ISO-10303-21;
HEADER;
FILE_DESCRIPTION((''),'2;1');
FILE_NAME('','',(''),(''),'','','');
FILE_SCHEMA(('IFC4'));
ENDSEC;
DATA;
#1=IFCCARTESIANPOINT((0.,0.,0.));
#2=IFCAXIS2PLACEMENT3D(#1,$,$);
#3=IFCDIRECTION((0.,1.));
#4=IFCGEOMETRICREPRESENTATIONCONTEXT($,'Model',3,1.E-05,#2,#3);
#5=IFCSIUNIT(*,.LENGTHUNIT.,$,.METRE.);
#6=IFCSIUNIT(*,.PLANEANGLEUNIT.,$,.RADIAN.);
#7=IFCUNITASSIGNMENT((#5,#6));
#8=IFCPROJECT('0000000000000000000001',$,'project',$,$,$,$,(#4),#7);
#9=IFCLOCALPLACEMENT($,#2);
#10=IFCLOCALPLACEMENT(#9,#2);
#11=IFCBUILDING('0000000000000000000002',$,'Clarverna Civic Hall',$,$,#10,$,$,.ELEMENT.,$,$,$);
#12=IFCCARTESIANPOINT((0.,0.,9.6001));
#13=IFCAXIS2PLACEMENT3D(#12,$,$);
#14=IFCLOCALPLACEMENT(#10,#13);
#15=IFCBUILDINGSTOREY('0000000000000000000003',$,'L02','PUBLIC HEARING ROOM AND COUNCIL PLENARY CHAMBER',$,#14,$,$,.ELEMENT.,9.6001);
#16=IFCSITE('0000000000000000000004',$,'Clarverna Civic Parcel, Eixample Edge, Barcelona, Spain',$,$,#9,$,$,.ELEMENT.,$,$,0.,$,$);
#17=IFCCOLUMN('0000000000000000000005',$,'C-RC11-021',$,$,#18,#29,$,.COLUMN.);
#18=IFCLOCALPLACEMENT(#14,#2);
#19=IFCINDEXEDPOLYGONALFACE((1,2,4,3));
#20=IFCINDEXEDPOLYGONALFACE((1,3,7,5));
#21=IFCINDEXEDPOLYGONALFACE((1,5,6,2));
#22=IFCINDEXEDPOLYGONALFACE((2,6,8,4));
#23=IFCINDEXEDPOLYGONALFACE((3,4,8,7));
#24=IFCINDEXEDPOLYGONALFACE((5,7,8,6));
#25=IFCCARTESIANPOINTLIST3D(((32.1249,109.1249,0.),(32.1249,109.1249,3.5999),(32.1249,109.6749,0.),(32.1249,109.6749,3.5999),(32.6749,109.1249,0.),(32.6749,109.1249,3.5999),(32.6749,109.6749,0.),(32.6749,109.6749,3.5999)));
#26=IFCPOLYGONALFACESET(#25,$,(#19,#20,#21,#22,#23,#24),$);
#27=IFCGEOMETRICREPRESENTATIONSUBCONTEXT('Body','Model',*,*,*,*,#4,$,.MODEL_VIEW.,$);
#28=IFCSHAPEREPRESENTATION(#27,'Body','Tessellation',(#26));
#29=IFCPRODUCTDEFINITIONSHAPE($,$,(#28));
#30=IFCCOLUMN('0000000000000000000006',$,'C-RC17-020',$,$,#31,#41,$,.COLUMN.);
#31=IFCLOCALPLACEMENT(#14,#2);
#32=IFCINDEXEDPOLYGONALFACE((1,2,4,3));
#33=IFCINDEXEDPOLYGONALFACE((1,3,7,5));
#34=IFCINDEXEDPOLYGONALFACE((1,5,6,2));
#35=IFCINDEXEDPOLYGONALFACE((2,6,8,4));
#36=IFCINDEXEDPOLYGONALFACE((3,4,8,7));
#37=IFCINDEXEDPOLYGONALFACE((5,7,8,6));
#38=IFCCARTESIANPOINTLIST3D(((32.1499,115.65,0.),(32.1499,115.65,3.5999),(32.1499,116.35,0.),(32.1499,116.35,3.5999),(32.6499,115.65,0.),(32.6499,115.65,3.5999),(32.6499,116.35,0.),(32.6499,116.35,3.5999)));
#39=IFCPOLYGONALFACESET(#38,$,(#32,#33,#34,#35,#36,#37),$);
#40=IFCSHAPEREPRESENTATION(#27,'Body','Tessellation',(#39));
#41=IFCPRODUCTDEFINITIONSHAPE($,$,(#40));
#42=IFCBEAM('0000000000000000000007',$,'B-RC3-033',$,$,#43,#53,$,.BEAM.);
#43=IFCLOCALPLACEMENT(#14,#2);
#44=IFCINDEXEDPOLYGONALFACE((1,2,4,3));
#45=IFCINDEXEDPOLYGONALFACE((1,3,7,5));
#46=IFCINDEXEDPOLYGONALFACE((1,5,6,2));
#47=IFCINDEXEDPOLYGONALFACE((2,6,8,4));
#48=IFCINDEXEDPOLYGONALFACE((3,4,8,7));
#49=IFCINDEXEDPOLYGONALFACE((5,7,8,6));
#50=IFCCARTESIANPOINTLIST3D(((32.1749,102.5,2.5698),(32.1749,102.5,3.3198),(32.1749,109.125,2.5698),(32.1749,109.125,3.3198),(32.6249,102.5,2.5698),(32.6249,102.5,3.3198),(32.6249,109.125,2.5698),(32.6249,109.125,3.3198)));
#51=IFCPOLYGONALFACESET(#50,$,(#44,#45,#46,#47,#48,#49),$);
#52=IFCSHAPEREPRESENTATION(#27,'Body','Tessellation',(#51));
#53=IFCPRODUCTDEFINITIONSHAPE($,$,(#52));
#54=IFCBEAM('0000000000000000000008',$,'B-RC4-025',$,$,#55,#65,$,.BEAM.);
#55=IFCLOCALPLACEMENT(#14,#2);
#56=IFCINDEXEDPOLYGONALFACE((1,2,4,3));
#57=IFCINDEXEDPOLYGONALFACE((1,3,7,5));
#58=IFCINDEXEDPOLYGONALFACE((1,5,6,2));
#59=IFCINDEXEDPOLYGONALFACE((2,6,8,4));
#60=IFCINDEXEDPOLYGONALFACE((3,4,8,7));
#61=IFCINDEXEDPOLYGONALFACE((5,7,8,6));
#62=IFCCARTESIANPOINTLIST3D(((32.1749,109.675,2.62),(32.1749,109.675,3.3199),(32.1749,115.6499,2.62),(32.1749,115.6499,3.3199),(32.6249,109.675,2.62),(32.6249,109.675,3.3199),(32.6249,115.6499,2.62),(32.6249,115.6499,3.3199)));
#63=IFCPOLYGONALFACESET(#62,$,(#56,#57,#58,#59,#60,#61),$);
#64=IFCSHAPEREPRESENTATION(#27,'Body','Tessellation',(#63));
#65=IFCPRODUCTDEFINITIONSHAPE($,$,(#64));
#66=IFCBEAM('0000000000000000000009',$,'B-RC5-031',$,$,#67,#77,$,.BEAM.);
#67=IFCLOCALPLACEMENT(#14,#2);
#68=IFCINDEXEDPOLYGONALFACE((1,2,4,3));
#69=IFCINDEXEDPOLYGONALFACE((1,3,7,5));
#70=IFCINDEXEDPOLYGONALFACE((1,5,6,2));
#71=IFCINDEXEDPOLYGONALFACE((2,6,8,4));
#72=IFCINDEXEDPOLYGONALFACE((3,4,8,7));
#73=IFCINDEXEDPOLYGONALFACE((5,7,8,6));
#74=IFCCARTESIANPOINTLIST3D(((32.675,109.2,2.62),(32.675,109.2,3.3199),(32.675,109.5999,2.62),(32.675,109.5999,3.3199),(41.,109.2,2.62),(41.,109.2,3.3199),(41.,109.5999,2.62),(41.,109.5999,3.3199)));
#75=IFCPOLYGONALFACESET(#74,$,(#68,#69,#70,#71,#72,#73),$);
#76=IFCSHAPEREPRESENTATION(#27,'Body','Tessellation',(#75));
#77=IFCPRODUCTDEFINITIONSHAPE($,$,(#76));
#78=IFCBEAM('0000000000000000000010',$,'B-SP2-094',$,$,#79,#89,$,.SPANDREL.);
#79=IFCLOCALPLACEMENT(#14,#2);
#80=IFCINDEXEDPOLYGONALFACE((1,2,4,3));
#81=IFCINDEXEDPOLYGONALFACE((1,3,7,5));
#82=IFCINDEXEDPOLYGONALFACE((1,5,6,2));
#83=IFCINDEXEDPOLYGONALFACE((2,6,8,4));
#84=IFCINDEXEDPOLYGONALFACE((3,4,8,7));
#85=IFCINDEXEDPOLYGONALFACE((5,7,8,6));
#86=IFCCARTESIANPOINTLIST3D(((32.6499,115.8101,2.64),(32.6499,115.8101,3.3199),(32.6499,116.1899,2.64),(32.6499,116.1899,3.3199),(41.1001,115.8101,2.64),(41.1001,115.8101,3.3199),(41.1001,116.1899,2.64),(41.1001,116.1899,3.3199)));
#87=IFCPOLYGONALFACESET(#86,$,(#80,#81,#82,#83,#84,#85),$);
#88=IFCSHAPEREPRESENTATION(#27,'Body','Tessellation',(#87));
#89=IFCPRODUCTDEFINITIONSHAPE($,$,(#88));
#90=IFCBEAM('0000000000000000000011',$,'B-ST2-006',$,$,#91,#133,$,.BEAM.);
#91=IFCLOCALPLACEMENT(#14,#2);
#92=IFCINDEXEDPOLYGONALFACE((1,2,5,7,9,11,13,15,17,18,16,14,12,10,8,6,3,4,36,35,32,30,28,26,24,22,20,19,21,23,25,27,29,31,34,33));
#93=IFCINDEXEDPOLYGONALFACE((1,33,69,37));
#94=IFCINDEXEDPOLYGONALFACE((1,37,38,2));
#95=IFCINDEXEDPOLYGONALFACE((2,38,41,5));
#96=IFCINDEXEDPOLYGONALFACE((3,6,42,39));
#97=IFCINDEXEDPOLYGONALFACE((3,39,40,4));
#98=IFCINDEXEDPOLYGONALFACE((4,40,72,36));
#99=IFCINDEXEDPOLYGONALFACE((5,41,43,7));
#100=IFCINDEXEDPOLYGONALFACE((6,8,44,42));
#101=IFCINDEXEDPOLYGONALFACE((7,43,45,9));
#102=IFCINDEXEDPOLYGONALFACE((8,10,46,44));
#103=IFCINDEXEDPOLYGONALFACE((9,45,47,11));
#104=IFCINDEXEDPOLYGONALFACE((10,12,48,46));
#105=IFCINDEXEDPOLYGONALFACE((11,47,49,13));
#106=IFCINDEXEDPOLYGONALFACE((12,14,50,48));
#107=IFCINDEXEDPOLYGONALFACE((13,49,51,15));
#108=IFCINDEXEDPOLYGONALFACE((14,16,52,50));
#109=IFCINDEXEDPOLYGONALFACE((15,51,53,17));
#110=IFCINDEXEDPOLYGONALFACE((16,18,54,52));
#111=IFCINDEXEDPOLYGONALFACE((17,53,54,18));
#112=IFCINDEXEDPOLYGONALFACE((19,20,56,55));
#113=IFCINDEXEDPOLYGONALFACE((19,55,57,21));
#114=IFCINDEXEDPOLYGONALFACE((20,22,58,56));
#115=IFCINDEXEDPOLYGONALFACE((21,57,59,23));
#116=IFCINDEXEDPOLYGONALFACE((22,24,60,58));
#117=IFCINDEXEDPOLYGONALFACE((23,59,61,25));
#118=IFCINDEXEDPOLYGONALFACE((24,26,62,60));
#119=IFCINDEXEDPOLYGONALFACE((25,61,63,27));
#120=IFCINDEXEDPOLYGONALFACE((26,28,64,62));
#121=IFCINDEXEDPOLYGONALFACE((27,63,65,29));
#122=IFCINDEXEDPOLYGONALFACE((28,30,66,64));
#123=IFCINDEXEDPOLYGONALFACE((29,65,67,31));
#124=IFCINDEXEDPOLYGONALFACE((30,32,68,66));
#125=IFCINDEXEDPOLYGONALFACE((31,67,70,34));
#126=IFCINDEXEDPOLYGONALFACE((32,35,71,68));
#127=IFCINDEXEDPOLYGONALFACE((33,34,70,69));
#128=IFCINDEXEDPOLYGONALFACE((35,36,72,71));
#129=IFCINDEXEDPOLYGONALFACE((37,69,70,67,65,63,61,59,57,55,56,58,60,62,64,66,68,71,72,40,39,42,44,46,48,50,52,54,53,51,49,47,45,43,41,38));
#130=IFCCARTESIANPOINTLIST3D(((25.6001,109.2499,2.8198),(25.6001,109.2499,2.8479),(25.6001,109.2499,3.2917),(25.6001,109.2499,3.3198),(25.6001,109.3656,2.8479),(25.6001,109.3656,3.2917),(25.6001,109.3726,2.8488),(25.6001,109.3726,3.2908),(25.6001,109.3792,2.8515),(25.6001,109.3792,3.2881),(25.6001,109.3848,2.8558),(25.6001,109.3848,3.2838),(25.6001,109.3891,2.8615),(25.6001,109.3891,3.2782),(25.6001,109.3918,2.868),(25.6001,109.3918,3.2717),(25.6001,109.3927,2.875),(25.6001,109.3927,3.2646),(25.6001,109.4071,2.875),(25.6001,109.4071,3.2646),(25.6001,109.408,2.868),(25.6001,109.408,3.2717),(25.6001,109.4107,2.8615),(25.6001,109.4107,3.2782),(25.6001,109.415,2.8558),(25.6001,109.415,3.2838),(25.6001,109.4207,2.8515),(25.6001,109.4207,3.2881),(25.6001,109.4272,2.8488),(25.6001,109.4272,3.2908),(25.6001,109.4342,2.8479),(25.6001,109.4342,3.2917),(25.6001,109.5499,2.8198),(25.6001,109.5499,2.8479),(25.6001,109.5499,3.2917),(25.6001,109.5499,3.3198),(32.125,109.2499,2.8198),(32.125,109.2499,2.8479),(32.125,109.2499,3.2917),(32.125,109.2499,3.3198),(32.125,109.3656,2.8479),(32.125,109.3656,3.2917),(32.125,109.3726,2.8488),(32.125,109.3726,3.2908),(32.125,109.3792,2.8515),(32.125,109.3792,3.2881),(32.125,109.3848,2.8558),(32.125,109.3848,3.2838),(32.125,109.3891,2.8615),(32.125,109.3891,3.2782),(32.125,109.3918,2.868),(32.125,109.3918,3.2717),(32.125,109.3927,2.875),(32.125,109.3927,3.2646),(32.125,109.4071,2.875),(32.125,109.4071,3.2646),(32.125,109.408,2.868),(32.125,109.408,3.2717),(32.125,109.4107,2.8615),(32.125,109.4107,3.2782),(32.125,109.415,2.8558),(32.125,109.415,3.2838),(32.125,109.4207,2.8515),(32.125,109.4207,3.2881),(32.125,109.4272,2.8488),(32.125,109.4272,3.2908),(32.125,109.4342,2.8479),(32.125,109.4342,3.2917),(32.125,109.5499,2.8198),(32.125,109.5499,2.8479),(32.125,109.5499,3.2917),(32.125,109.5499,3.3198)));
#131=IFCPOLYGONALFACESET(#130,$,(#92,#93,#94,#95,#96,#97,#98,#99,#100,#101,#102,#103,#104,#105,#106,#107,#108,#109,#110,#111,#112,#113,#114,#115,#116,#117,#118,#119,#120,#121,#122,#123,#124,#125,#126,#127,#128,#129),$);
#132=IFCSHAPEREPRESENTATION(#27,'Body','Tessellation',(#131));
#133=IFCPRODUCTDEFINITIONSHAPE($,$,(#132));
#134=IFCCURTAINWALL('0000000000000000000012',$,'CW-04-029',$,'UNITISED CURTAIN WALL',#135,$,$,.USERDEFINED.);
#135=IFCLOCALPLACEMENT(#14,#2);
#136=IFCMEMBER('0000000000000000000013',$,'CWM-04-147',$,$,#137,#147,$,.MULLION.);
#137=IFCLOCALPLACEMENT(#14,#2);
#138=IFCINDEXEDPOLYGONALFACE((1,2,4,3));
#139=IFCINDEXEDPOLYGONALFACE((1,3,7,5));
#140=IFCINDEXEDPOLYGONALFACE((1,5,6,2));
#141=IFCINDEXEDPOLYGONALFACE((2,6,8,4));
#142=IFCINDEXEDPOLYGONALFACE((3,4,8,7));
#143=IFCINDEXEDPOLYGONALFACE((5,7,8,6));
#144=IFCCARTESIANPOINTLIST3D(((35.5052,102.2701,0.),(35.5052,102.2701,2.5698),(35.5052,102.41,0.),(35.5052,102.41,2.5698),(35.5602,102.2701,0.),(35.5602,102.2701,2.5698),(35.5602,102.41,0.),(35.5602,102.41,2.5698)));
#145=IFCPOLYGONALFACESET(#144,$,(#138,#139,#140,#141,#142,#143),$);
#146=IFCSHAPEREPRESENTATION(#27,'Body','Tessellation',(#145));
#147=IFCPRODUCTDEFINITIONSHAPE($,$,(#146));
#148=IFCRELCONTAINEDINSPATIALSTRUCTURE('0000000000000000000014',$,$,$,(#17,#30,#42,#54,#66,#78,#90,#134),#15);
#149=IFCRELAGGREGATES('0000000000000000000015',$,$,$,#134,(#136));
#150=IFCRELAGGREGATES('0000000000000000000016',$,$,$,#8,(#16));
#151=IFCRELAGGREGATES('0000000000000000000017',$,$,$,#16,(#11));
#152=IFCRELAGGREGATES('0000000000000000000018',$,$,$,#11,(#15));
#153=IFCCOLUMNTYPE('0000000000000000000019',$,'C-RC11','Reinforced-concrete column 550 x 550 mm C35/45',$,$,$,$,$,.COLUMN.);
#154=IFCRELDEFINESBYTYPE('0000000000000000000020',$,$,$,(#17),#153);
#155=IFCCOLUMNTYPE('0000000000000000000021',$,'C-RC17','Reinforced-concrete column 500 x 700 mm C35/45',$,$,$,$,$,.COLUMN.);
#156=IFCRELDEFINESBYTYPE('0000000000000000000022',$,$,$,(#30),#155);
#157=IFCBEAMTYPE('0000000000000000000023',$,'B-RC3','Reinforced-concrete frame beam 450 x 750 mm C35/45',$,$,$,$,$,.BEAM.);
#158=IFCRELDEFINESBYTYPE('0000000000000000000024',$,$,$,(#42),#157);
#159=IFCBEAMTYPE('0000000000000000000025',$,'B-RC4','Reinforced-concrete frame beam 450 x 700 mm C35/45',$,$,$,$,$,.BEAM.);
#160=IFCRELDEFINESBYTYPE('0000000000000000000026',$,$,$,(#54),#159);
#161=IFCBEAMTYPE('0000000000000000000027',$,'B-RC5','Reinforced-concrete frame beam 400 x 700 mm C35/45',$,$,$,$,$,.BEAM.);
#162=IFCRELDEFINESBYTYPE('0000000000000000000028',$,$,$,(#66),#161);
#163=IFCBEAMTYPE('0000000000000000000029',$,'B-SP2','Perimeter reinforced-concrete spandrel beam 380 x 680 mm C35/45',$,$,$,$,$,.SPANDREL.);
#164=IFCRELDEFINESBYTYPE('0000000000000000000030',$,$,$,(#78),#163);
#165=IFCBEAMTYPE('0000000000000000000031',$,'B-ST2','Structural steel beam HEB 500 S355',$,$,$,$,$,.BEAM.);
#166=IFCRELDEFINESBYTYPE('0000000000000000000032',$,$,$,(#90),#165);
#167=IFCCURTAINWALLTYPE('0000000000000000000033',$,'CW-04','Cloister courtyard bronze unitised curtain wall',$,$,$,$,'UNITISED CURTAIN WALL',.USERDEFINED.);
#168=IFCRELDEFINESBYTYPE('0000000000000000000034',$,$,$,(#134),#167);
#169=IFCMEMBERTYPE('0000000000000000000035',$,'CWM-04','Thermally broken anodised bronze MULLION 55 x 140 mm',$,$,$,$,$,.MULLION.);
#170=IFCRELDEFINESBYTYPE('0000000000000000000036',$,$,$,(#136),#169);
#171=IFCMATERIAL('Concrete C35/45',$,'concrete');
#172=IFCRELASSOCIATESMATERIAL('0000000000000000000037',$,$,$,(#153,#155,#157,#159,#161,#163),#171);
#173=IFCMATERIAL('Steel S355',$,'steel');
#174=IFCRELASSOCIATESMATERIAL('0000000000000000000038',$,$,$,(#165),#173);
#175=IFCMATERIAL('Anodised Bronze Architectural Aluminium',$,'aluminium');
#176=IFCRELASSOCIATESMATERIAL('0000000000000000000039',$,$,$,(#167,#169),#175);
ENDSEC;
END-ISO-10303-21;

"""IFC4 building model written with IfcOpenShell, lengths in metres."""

from ifc_helpers import new_model, si_unit, direction, frame, origin, origin_2d, place, context, subcontext, project, spatial, rectangle, i_section, extrude, material, material_profile, profile_set, type_object, element, aggregate, save


model = new_model("IFC4")

# Units and contexts
model_context = context("Model", 3, precision=1e-05, world=origin(), true_north=direction((0.0, 1.0)))
body_context = subcontext(model_context, "Body", "Model", "MODEL_VIEW")
ifc_project = project(units=[si_unit("LENGTHUNIT", "METRE"), si_unit("PLANEANGLEUNIT", "RADIAN")], contexts=[model_context])

# Site, building, storey
site_placement = place(None, origin())
site = spatial("IfcSite", under=ifc_project, at=site_placement, Name="Clarverna Civic Parcel, Eixample Edge, Barcelona, Spain", CompositionType="ELEMENT", RefElevation=0.0)
building_placement = place(site_placement, origin())
building = spatial("IfcBuilding", under=site, at=building_placement, Name="Clarverna Civic Hall", CompositionType="ELEMENT")
storey_placement = place(building_placement, frame((0.0, 0.0, 9.6001)))
storey = spatial("IfcBuildingStorey", under=building, at=storey_placement, Name="L02", Description="PUBLIC HEARING ROOM AND COUNCIL PLENARY CHAMBER", CompositionType="ELEMENT", Elevation=9.6001)

# Columns
ifc_material_1 = material(Name="Concrete C35/45", Category="concrete")
ifc_material_profile_1 = material_profile(ifc_material_1, rectangle(XDim=0.55, YDim=0.55, at=origin_2d()), Name="RC 550x550")
ifc_profile_set_1 = profile_set([ifc_material_profile_1], Name="Concrete C35/45")
column_type_1 = type_object("IfcColumnType", Name="C-RC11", Description="Reinforced-concrete column 550 x 550 mm C35/45", PredefinedType="COLUMN", material=ifc_profile_set_1)
column_1_placement = place(storey_placement, frame((32.3999, 109.3999, 0.0), z_axis=(0.0, 0.0, 1.0), x_axis=(1.0, 0.0, 0.0)))
element("IfcColumn", 1, at=column_1_placement, inside=storey, type_object=column_type_1, Name="C-RC11-021", PredefinedType="COLUMN", context=body_context, shape_type="SweptSolid", body=[
    extrude(rectangle(XDim=0.55, YDim=0.55, at=origin_2d()), origin(), (0.0, 0.0, 1.0), 3.5999),
])
ifc_material_profile_2 = material_profile(ifc_material_1, rectangle(XDim=0.5, YDim=0.7, at=origin_2d()), Name="RC 500x700")
ifc_profile_set_2 = profile_set([ifc_material_profile_2], Name="Concrete C35/45")
column_type_2 = type_object("IfcColumnType", Name="C-RC17", Description="Reinforced-concrete column 500 x 700 mm C35/45", PredefinedType="COLUMN", material=ifc_profile_set_2)
column_2_placement = place(storey_placement, frame((32.3999, 116.0, 0.0), z_axis=(0.0, 0.0, 1.0), x_axis=(1.0, 0.0, 0.0)))
element("IfcColumn", 2, at=column_2_placement, inside=storey, type_object=column_type_2, Name="C-RC17-020", PredefinedType="COLUMN", context=body_context, shape_type="SweptSolid", body=[
    extrude(rectangle(XDim=0.5, YDim=0.7, at=origin_2d()), origin(), (0.0, 0.0, 1.0), 3.5999),
])

# Beams
ifc_material_profile_3 = material_profile(ifc_material_1, rectangle(XDim=0.45, YDim=0.75, at=origin_2d()), Name="RC 450x750")
ifc_profile_set_3 = profile_set([ifc_material_profile_3], Name="Concrete C35/45")
beam_type_1 = type_object("IfcBeamType", Name="B-RC3", Description="Reinforced-concrete frame beam 450 x 750 mm C35/45", PredefinedType="BEAM", material=ifc_profile_set_3)
beam_1_placement = place(storey_placement, frame((32.3999, 102.5, 2.9448), z_axis=(0.0, 1.0, 0.0), x_axis=(-1.0, 0.0, 0.0)))
element("IfcBeam", 3, at=beam_1_placement, inside=storey, type_object=beam_type_1, Name="B-RC3-033", PredefinedType="BEAM", context=body_context, shape_type="SweptSolid", body=[
    extrude(rectangle(XDim=0.45, YDim=0.75, at=origin_2d()), origin(), (0.0, 0.0, 1.0), 6.625),
])
ifc_material_profile_4 = material_profile(ifc_material_1, rectangle(XDim=0.45, YDim=0.7, at=origin_2d()), Name="RC 450x700")
ifc_profile_set_4 = profile_set([ifc_material_profile_4], Name="Concrete C35/45")
beam_type_2 = type_object("IfcBeamType", Name="B-RC4", Description="Reinforced-concrete frame beam 450 x 700 mm C35/45", PredefinedType="BEAM", material=ifc_profile_set_4)
beam_2_placement = place(storey_placement, frame((32.3999, 109.675, 2.97), z_axis=(0.0, 1.0, 0.0), x_axis=(-1.0, 0.0, 0.0)))
element("IfcBeam", 4, at=beam_2_placement, inside=storey, type_object=beam_type_2, Name="B-RC4-025", PredefinedType="BEAM", context=body_context, shape_type="SweptSolid", body=[
    extrude(rectangle(XDim=0.45, YDim=0.7, at=origin_2d()), origin(), (0.0, 0.0, 1.0), 5.9749),
])
ifc_material_profile_5 = material_profile(ifc_material_1, rectangle(XDim=0.3999, YDim=0.7, at=origin_2d()), Name="RC 400x700")
ifc_profile_set_5 = profile_set([ifc_material_profile_5], Name="Concrete C35/45")
beam_type_3 = type_object("IfcBeamType", Name="B-RC5", Description="Reinforced-concrete frame beam 400 x 700 mm C35/45", PredefinedType="BEAM", material=ifc_profile_set_5)
beam_3_placement = place(storey_placement, frame((32.675, 109.3999, 2.97), z_axis=(1.0, 0.0, 0.0), x_axis=(0.0, 1.0, 0.0)))
element("IfcBeam", 5, at=beam_3_placement, inside=storey, type_object=beam_type_3, Name="B-RC5-031", PredefinedType="BEAM", context=body_context, shape_type="SweptSolid", body=[
    extrude(rectangle(XDim=0.3999, YDim=0.7, at=origin_2d()), origin(), (0.0, 0.0, 1.0), 8.325),
])
ifc_material_profile_6 = material_profile(ifc_material_1, rectangle(XDim=0.3799, YDim=0.6799, at=origin_2d()), Name="RC 380x680")
ifc_profile_set_6 = profile_set([ifc_material_profile_6], Name="Concrete C35/45")
beam_type_4 = type_object("IfcBeamType", Name="B-SP2", Description="Perimeter reinforced-concrete spandrel beam 380 x 680 mm C35/45", PredefinedType="SPANDREL", material=ifc_profile_set_6)
beam_4_placement = place(storey_placement, frame((32.6499, 116.0, 2.98), z_axis=(1.0, 0.0, 0.0), x_axis=(0.0, 1.0, 0.0)))
element("IfcBeam", 6, at=beam_4_placement, inside=storey, type_object=beam_type_4, Name="B-SP2-094", PredefinedType="SPANDREL", context=body_context, shape_type="SweptSolid", body=[
    extrude(rectangle(XDim=0.3799, YDim=0.6799, at=origin_2d()), origin(), (0.0, 0.0, 1.0), 8.4502),
])
ifc_material_2 = material(Name="Steel S355", Category="steel")
ifc_material_profile_7 = material_profile(ifc_material_2, i_section(OverallWidth=0.3, OverallDepth=0.5, WebThickness=0.0144, FlangeThickness=0.0281, FilletRadius=0.0271, at=origin_2d()), Name="HEB 500")
ifc_profile_set_7 = profile_set([ifc_material_profile_7], Name="Steel S355")
beam_type_5 = type_object("IfcBeamType", Name="B-ST2", Description="Structural steel beam HEB 500 S355", PredefinedType="BEAM", material=ifc_profile_set_7)
beam_5_placement = place(storey_placement, frame((25.6001, 109.3999, 3.0698), z_axis=(1.0, 0.0, 0.0), x_axis=(0.0, 1.0, 0.0)))
element("IfcBeam", 7, at=beam_5_placement, inside=storey, type_object=beam_type_5, Name="B-ST2-006", PredefinedType="BEAM", context=body_context, shape_type="SweptSolid", body=[
    extrude(i_section(OverallWidth=0.3, OverallDepth=0.5, WebThickness=0.0144, FlangeThickness=0.0281, FilletRadius=0.0271, at=origin_2d()), origin(), (0.0, 0.0, 1.0), 6.5249),
])

# Curtain wall, member
ifc_material_3 = material(Name="Anodised Bronze Architectural Aluminium", Category="aluminium")
curtain_wall_type = type_object("IfcCurtainWallType", Name="CW-04", Description="Cloister courtyard bronze unitised curtain wall", ElementType="UNITISED CURTAIN WALL", PredefinedType="USERDEFINED", material=ifc_material_3)
curtain_wall_placement = place(storey_placement, origin())
curtain_wall = element("IfcCurtainWall", 8, at=curtain_wall_placement, inside=storey, type_object=curtain_wall_type, Name="CW-04-029", ObjectType="UNITISED CURTAIN WALL", PredefinedType="USERDEFINED")
ifc_material_profile_8 = material_profile(ifc_material_3, rectangle(XDim=0.0549, YDim=0.1399, at=origin_2d()), Name="BRONZE 55x140")
ifc_profile_set_8 = profile_set([ifc_material_profile_8], Name="Anodised Bronze Architectural Aluminium")
member_type = type_object("IfcMemberType", Name="CWM-04", Description="Thermally broken anodised bronze MULLION 55 x 140 mm", PredefinedType="MULLION", material=ifc_profile_set_8)
member_placement = place(storey_placement, frame((35.5327, 102.3401, 0.0), z_axis=(0.0, 0.0, 1.0), x_axis=(1.0, 0.0, 0.0)))
member = element("IfcMember", 9, at=member_placement, type_object=member_type, Name="CWM-04-147", PredefinedType="MULLION", context=body_context, shape_type="SweptSolid", body=[
    extrude(rectangle(XDim=0.0549, YDim=0.1399, at=origin_2d()), origin(), (0.0, 0.0, 1.0), 2.5698),
])

aggregate(curtain_wall, [member])

save(model, "model.ifc")
